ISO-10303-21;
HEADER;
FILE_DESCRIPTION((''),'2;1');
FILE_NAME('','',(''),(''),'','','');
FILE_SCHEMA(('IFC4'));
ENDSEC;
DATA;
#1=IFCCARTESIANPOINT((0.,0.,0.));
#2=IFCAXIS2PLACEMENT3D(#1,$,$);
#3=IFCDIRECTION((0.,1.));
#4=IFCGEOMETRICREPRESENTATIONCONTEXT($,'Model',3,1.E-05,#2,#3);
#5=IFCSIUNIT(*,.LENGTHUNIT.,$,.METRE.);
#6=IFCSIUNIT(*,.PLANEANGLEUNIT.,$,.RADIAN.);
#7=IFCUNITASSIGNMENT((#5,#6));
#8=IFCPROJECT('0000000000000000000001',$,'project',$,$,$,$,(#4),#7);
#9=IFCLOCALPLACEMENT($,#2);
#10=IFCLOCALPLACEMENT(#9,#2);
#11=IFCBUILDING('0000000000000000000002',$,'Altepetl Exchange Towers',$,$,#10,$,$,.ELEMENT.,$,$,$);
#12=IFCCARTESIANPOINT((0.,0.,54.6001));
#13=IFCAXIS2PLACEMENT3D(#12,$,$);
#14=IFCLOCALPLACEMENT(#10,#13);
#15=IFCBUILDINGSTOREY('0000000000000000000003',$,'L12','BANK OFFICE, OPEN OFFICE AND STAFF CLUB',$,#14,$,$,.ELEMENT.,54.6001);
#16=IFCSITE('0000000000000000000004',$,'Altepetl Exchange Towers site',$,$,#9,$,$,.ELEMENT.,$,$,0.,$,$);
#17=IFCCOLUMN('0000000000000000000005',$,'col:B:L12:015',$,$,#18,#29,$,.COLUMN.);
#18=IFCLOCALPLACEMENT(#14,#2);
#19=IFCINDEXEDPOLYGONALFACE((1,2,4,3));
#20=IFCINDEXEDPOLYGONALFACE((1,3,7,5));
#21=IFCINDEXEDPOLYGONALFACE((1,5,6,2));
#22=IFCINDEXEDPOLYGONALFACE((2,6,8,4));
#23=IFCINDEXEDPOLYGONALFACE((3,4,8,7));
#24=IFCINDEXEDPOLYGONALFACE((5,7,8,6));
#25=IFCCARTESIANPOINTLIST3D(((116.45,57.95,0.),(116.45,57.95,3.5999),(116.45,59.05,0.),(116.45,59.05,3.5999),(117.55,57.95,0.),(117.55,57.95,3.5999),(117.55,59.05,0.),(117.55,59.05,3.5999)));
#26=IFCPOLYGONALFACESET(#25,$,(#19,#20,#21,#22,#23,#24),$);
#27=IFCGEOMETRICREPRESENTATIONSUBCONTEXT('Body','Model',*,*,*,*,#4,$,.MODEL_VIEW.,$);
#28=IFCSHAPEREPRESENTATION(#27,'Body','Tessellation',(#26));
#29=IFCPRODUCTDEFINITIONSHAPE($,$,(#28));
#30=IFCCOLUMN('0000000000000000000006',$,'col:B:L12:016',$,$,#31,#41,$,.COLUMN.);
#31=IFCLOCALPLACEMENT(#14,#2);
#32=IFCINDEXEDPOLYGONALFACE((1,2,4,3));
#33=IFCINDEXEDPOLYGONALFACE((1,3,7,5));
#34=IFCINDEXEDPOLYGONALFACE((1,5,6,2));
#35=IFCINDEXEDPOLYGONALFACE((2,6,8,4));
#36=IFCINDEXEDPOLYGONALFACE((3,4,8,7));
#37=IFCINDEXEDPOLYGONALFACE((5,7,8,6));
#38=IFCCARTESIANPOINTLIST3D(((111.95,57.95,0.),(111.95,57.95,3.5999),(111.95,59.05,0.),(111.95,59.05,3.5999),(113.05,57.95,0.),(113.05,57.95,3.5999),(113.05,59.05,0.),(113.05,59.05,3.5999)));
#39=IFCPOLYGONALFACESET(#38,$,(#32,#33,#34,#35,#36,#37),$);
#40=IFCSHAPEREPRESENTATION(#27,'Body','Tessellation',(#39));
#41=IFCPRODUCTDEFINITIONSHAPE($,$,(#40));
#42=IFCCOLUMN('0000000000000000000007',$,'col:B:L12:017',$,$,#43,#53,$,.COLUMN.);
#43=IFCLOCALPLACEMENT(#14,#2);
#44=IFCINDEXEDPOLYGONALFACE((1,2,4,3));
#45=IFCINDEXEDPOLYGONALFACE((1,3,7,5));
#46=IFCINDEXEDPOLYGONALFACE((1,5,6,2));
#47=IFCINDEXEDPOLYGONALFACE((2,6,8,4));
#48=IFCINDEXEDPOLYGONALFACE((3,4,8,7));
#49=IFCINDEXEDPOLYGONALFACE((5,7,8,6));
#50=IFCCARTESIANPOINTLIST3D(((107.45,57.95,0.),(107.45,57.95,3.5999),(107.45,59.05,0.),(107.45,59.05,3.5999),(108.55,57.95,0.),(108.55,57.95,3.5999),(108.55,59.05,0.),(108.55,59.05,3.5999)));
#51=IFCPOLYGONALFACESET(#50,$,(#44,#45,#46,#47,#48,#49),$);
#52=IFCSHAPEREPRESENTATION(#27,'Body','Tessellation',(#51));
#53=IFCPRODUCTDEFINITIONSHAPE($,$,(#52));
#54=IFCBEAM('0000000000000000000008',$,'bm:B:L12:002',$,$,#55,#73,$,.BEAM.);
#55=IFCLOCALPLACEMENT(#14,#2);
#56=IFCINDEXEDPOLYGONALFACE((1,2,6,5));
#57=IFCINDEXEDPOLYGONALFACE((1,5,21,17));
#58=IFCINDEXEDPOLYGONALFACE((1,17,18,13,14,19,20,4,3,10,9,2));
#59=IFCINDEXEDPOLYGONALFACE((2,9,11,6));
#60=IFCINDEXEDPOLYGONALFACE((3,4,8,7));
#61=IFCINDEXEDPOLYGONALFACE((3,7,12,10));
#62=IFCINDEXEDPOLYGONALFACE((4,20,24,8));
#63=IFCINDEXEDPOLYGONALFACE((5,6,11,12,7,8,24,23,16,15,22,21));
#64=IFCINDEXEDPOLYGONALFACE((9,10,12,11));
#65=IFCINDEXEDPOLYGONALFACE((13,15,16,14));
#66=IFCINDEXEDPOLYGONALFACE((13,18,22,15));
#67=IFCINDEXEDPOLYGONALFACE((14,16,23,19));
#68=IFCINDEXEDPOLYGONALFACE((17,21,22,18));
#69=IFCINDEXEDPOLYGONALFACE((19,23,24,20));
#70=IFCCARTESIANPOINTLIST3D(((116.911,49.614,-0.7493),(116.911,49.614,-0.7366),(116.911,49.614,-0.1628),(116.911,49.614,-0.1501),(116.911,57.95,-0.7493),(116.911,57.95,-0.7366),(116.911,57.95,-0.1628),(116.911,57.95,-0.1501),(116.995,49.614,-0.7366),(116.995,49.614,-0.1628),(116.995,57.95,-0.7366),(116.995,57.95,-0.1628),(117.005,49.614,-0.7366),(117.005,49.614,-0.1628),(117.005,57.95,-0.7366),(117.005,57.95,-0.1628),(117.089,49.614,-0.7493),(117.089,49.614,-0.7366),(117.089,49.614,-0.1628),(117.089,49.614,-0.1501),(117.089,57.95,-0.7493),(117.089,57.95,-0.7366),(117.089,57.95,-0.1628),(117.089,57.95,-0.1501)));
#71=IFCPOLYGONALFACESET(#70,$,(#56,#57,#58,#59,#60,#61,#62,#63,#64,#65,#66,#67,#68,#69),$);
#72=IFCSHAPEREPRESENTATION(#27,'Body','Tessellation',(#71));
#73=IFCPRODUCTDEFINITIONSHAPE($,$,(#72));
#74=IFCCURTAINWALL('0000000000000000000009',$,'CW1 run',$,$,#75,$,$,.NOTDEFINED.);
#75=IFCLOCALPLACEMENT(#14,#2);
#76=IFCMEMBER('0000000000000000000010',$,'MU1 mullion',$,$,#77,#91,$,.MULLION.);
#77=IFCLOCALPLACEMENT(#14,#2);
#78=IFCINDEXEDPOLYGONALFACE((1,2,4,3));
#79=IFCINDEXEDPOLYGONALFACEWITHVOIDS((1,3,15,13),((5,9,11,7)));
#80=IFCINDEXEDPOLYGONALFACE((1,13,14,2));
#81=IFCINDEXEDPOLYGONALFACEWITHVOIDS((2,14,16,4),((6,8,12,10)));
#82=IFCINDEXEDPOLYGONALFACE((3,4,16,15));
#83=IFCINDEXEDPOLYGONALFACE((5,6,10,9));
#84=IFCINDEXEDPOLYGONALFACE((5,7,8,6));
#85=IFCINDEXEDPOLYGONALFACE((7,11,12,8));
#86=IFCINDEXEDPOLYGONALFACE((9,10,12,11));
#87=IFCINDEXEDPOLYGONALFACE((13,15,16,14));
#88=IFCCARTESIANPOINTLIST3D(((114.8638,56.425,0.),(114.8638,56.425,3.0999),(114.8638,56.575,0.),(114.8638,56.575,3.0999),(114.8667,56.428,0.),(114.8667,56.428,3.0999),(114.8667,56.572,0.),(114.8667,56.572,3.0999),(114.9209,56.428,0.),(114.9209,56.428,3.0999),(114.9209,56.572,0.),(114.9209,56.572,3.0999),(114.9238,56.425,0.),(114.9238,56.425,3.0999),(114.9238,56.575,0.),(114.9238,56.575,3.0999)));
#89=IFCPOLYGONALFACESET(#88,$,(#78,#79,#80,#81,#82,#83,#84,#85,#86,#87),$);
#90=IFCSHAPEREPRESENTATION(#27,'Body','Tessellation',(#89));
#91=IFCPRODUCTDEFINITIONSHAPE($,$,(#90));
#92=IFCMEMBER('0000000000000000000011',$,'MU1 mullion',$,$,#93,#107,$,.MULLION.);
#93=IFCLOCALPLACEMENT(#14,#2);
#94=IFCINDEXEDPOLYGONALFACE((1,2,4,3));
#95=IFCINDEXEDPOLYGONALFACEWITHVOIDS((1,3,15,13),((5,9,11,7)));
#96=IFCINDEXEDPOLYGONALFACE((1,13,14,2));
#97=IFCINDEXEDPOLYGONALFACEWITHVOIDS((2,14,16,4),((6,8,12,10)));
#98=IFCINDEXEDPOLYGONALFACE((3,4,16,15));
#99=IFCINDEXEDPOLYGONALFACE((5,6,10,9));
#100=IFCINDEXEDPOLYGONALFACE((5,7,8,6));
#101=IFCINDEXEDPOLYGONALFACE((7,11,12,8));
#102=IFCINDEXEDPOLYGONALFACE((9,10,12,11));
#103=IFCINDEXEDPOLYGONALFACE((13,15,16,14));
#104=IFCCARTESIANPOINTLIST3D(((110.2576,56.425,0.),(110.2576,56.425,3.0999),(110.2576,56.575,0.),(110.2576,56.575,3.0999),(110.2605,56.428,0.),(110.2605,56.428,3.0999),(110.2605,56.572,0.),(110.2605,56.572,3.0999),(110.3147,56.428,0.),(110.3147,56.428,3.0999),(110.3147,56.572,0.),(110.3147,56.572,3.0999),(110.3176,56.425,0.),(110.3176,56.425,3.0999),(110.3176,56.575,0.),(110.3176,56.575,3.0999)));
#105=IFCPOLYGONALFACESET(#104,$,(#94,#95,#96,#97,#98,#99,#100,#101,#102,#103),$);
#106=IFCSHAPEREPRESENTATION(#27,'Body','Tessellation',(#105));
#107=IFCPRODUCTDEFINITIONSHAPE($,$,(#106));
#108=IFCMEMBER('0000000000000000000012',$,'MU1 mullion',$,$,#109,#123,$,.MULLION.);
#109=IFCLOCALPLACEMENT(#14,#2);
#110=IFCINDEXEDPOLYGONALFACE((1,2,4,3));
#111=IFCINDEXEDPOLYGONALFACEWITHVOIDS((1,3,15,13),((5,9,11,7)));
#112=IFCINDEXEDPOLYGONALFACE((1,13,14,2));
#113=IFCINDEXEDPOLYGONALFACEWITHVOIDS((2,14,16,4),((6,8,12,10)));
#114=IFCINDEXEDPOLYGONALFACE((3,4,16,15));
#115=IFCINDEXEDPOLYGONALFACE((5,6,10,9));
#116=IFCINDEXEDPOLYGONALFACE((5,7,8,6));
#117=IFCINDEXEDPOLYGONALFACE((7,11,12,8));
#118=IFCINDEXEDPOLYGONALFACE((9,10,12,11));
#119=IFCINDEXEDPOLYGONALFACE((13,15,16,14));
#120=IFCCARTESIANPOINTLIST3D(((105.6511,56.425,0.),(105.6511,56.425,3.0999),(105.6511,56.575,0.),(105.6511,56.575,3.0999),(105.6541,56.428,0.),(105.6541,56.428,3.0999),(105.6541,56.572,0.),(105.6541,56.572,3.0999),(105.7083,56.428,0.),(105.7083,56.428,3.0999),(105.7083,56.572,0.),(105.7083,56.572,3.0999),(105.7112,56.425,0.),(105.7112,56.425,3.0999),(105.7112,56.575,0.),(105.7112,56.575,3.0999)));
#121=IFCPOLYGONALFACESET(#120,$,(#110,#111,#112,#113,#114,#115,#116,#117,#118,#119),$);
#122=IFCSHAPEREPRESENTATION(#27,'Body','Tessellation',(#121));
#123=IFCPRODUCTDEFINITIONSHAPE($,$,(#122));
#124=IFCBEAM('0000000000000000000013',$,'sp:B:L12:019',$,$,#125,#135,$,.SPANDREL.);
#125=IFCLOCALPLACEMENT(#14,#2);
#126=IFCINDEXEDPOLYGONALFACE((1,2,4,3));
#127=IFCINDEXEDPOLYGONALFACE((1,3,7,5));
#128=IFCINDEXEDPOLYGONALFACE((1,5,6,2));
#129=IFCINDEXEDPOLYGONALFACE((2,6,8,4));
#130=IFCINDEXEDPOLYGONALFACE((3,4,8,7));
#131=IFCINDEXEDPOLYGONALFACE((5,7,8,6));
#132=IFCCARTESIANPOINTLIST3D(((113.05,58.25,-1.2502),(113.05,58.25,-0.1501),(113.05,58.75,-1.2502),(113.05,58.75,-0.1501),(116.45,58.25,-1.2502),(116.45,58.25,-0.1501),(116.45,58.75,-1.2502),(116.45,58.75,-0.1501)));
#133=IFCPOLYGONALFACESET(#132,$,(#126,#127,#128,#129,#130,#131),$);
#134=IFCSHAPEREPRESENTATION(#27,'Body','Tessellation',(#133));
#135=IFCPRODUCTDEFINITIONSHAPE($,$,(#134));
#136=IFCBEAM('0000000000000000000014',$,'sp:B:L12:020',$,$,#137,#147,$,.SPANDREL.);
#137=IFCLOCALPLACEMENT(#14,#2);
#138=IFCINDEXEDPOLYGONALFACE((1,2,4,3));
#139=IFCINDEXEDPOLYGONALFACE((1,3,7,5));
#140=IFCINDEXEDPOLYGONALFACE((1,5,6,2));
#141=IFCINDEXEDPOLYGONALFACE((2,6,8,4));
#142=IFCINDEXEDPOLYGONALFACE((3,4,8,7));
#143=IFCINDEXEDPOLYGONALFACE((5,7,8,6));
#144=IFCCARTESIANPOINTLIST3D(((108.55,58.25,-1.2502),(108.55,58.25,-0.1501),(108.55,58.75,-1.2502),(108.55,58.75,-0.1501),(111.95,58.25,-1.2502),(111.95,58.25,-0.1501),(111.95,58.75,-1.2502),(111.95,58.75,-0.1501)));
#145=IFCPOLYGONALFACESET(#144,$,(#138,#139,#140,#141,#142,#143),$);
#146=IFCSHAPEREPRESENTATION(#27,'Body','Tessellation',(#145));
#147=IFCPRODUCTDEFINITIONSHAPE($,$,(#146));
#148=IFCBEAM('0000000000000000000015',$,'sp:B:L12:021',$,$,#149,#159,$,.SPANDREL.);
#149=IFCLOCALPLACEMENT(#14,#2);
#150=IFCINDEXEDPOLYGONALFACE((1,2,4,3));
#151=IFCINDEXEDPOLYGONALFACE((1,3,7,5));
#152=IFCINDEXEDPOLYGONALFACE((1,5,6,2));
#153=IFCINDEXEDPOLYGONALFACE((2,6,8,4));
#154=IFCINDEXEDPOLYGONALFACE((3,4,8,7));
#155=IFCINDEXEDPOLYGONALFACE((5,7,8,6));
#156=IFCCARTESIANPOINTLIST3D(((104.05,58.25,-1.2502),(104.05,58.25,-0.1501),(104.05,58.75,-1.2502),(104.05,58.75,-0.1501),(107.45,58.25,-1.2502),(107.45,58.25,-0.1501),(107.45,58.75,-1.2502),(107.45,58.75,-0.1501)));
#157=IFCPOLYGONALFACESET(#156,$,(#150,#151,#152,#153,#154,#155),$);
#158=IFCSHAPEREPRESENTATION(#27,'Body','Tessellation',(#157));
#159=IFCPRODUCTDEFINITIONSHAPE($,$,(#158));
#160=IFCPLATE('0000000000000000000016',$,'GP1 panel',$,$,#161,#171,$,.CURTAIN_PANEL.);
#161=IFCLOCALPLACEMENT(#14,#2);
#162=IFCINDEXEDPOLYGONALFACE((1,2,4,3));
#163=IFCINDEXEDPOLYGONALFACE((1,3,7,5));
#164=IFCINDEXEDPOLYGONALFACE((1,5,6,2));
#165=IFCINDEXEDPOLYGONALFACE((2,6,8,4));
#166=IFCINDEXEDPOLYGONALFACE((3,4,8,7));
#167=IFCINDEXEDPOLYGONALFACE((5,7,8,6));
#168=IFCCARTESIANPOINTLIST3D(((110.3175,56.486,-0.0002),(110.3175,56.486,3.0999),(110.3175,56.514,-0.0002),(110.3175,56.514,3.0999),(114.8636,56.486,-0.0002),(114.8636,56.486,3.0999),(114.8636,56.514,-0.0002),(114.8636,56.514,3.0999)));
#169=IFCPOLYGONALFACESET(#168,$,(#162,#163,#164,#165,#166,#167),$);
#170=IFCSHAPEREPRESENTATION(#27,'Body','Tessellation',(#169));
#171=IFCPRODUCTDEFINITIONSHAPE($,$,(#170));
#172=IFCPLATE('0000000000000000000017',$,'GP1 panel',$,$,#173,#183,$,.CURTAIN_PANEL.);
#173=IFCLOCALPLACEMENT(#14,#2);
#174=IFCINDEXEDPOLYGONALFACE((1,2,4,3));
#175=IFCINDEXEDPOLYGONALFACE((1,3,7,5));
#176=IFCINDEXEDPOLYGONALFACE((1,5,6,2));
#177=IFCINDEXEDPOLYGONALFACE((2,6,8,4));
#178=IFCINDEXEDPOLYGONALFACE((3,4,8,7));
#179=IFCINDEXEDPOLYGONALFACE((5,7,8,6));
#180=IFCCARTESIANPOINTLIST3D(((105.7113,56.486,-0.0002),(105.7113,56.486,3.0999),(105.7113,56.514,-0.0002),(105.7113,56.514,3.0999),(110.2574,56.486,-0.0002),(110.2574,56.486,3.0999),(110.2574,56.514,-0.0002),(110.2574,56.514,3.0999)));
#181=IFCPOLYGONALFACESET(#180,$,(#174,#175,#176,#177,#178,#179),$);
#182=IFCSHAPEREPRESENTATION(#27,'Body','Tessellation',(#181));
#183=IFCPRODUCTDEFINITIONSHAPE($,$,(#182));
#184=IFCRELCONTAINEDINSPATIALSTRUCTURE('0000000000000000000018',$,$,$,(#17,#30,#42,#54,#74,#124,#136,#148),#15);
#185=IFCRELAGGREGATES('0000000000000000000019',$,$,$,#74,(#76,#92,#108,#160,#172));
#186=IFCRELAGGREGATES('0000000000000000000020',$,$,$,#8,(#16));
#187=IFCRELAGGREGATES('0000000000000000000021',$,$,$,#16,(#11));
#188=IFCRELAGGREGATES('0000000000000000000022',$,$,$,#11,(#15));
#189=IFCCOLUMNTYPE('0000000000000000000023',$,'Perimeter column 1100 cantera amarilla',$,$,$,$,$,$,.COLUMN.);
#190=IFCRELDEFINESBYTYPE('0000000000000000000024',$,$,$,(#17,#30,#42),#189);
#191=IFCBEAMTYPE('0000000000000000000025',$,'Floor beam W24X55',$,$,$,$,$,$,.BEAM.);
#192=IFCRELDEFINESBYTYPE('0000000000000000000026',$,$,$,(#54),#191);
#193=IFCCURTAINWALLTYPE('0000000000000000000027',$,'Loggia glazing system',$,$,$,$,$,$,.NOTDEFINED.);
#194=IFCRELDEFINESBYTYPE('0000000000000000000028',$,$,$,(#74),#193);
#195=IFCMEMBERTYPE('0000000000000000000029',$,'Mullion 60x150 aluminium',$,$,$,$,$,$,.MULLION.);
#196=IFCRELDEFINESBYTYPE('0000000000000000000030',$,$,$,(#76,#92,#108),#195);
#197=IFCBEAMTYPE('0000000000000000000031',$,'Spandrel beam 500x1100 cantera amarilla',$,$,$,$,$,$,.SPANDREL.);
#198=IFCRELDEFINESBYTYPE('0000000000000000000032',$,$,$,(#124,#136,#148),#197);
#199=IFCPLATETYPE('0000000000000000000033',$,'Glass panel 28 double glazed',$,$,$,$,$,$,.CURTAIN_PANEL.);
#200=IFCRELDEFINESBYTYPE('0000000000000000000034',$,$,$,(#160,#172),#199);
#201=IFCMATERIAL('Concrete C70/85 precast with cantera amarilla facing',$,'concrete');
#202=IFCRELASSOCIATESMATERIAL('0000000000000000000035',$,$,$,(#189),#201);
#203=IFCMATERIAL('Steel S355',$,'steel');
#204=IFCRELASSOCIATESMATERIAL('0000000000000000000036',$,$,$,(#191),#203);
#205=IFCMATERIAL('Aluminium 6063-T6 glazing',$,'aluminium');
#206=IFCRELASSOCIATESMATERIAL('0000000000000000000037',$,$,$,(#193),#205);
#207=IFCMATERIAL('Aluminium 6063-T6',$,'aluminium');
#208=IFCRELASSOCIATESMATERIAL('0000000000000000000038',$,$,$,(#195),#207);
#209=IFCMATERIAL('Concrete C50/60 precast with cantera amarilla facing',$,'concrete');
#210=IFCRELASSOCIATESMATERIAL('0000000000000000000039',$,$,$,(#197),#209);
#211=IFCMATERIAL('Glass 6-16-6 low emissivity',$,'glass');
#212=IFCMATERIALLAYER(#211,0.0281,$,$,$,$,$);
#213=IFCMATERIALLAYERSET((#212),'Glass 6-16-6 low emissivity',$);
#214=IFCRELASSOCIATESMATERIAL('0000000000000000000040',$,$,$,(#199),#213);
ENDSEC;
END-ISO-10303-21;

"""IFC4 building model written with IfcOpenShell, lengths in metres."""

from ifc_helpers import new_model, si_unit, direction, frame, origin, origin_2d, place, context, subcontext, project, spatial, rectangle, hollow_rectangle, i_section, extrude, material, layer, layer_set, material_profile, profile_set, type_object, element, aggregate, save


model = new_model("IFC4")

# Units and contexts
model_context = context("Model", 3, precision=1e-05, world=origin(), true_north=direction((0.0, 1.0)))
body_context = subcontext(model_context, "Body", "Model", "MODEL_VIEW")
ifc_project = project(units=[si_unit("LENGTHUNIT", "METRE"), si_unit("PLANEANGLEUNIT", "RADIAN")], contexts=[model_context])

# Site, building, storey
site_placement = place(None, origin())
site = spatial("IfcSite", under=ifc_project, at=site_placement, Name="Altepetl Exchange Towers site", CompositionType="ELEMENT", RefElevation=0.0)
building_placement = place(site_placement, origin())
building = spatial("IfcBuilding", under=site, at=building_placement, Name="Altepetl Exchange Towers", CompositionType="ELEMENT")
storey_placement = place(building_placement, frame((0.0, 0.0, 54.6001)))
storey = spatial("IfcBuildingStorey", under=building, at=storey_placement, Name="L12", Description="BANK OFFICE, OPEN OFFICE AND STAFF CLUB", CompositionType="ELEMENT", Elevation=54.6001)

# Columns
ifc_material_1 = material(Name="Concrete C70/85 precast with cantera amarilla facing", Category="concrete")
ifc_material_profile_1 = material_profile(ifc_material_1, rectangle(XDim=1.1001, YDim=1.1001, at=origin_2d()), Name="1100 x 1100")
ifc_profile_set_1 = profile_set([ifc_material_profile_1], Name="Concrete C70/85 precast with cantera amarilla facing")
column_type = type_object("IfcColumnType", Name="Perimeter column 1100 cantera amarilla", PredefinedType="COLUMN", material=ifc_profile_set_1)
for number, where, name in (
    (1, (117.0, 58.5, 0.0), "col:B:L12:015"),
    (2, (112.5, 58.5, 0.0), "col:B:L12:016"),
    (3, (108.0, 58.5, 0.0), "col:B:L12:017"),
):
    element("IfcColumn", number, at=place(storey_placement, frame(where)), inside=storey, type_object=column_type, Name=name, PredefinedType="COLUMN", context=body_context, shape_type="SweptSolid", body=[
        extrude(rectangle(XDim=1.1001, YDim=1.1001, at=origin_2d()), origin(), (0.0, 0.0, 1.0), 3.5999),
    ])

# Beam
ifc_material_2 = material(Name="Steel S355", Category="steel")
ifc_material_profile_2 = material_profile(ifc_material_2, i_section(OverallWidth=0.178, OverallDepth=0.5991, WebThickness=0.01, FlangeThickness=0.0127, at=origin_2d()), Name="W24X55")
ifc_profile_set_2 = profile_set([ifc_material_profile_2], Name="Steel S355")
beam_type_1 = type_object("IfcBeamType", Name="Floor beam W24X55", PredefinedType="BEAM", material=ifc_profile_set_2)
beam_placement = place(storey_placement, frame((117.0, 49.614, -0.4497), z_axis=(0.0, 1.0, 0.0), x_axis=(-1.0, 0.0, 0.0)))
element("IfcBeam", 4, at=beam_placement, inside=storey, type_object=beam_type_1, Name="bm:B:L12:002", PredefinedType="BEAM", context=body_context, shape_type="SweptSolid", body=[
    extrude(i_section(OverallWidth=0.178, OverallDepth=0.5991, WebThickness=0.01, FlangeThickness=0.0127, at=origin_2d()), origin(), (0.0, 0.0, 1.0), 8.3359),
])

# Curtain wall, members
ifc_material_3 = material(Name="Aluminium 6063-T6 glazing", Category="aluminium")
curtain_wall_type = type_object("IfcCurtainWallType", Name="Loggia glazing system", PredefinedType="NOTDEFINED", material=ifc_material_3)
curtain_wall_placement = place(storey_placement, origin())
curtain_wall = element("IfcCurtainWall", 5, at=curtain_wall_placement, inside=storey, type_object=curtain_wall_type, Name="CW1 run", PredefinedType="NOTDEFINED")
ifc_material_4 = material(Name="Aluminium 6063-T6", Category="aluminium")
ifc_material_profile_3 = material_profile(ifc_material_4, hollow_rectangle(XDim=0.0601, YDim=0.1499, WallThickness=0.0029, at=origin_2d()), Name="Mullion 60x150 aluminium")
ifc_profile_set_3 = profile_set([ifc_material_profile_3], Name="Aluminium 6063-T6")
member_type = type_object("IfcMemberType", Name="Mullion 60x150 aluminium", PredefinedType="MULLION", material=ifc_profile_set_3)
member_1_placement = place(storey_placement, frame((114.8938, 56.5, 0.0), z_axis=(0.0, 0.0, 1.0), x_axis=(-1.0, 0.0, 0.0)))
member_1 = element("IfcMember", 6, at=member_1_placement, type_object=member_type, Name="MU1 mullion", PredefinedType="MULLION", context=body_context, shape_type="SweptSolid", body=[
    extrude(hollow_rectangle(XDim=0.0601, YDim=0.1499, WallThickness=0.0029, at=origin_2d()), origin(), (0.0, 0.0, 1.0), 3.0999),
])
member_2_placement = place(storey_placement, frame((110.2876, 56.5, 0.0), z_axis=(0.0, 0.0, 1.0), x_axis=(-1.0, 0.0, 0.0)))
member_2 = element("IfcMember", 7, at=member_2_placement, type_object=member_type, Name="MU1 mullion", PredefinedType="MULLION", context=body_context, shape_type="SweptSolid", body=[
    extrude(hollow_rectangle(XDim=0.0601, YDim=0.1499, WallThickness=0.0029, at=origin_2d()), origin(), (0.0, 0.0, 1.0), 3.0999),
])
member_3_placement = place(storey_placement, frame((105.6812, 56.5, 0.0), z_axis=(0.0, 0.0, 1.0), x_axis=(-1.0, 0.0, 0.0)))
member_3 = element("IfcMember", 8, at=member_3_placement, type_object=member_type, Name="MU1 mullion", PredefinedType="MULLION", context=body_context, shape_type="SweptSolid", body=[
    extrude(hollow_rectangle(XDim=0.0601, YDim=0.1499, WallThickness=0.0029, at=origin_2d()), origin(), (0.0, 0.0, 1.0), 3.0999),
])

# Beams
ifc_material_5 = material(Name="Concrete C50/60 precast with cantera amarilla facing", Category="concrete")
ifc_material_profile_4 = material_profile(ifc_material_5, rectangle(XDim=0.5, YDim=1.1001, at=origin_2d()), Name="500 x 1100")
ifc_profile_set_4 = profile_set([ifc_material_profile_4], Name="Concrete C50/60 precast with cantera amarilla facing")
beam_type_2 = type_object("IfcBeamType", Name="Spandrel beam 500x1100 cantera amarilla", PredefinedType="SPANDREL", material=ifc_profile_set_4)
for number, where, z_axis, x_axis, name in (
    (9, (116.45, 58.5, -0.7002), (-1.0, 0.0, 0.0), (0.0, -1.0, 0.0), "sp:B:L12:019"),
    (10, (111.95, 58.5, -0.7002), (-1.0, 0.0, 0.0), (0.0, -1.0, 0.0), "sp:B:L12:020"),
    (11, (107.45, 58.5, -0.7002), (-1.0, 0.0, 0.0), (0.0, -1.0, 0.0), "sp:B:L12:021"),
):
    element("IfcBeam", number, at=place(storey_placement, frame(where, z_axis=z_axis, x_axis=x_axis)), inside=storey, type_object=beam_type_2, Name=name, PredefinedType="SPANDREL", context=body_context, shape_type="SweptSolid", body=[
        extrude(rectangle(XDim=0.5, YDim=1.1001, at=origin_2d()), origin(), (0.0, 0.0, 1.0), 3.3999),
    ])

# Plates
ifc_material_6 = material(Name="Glass 6-16-6 low emissivity", Category="glass")
ifc_layer_1 = layer(ifc_material_6, 0.0281)
ifc_layer_set_1 = layer_set([ifc_layer_1], Name="Glass 6-16-6 low emissivity")
plate_type = type_object("IfcPlateType", Name="Glass panel 28 double glazed", PredefinedType="CURTAIN_PANEL", material=ifc_layer_set_1)
plate_1_placement = place(storey_placement, frame((112.5906, 56.5, -0.0002), z_axis=(0.0, 0.0, 1.0), x_axis=(-1.0, 0.0, 0.0)))
plate_1 = element("IfcPlate", 12, at=plate_1_placement, type_object=plate_type, Name="GP1 panel", PredefinedType="CURTAIN_PANEL", context=body_context, shape_type="SweptSolid", body=[
    extrude(rectangle(XDim=4.5461, YDim=0.0281, at=origin_2d()), origin(), (0.0, 0.0, 1.0), 3.1001),
])
plate_2_placement = place(storey_placement, frame((107.9844, 56.5, -0.0002), z_axis=(0.0, 0.0, 1.0), x_axis=(-1.0, 0.0, 0.0)))
plate_2 = element("IfcPlate", 13, at=plate_2_placement, type_object=plate_type, Name="GP1 panel", PredefinedType="CURTAIN_PANEL", context=body_context, shape_type="SweptSolid", body=[
    extrude(rectangle(XDim=4.5461, YDim=0.0281, at=origin_2d()), origin(), (0.0, 0.0, 1.0), 3.1001),
])
aggregate(curtain_wall, [member_1, member_2, member_3, plate_1, plate_2])

save(model, "model.ifc")
